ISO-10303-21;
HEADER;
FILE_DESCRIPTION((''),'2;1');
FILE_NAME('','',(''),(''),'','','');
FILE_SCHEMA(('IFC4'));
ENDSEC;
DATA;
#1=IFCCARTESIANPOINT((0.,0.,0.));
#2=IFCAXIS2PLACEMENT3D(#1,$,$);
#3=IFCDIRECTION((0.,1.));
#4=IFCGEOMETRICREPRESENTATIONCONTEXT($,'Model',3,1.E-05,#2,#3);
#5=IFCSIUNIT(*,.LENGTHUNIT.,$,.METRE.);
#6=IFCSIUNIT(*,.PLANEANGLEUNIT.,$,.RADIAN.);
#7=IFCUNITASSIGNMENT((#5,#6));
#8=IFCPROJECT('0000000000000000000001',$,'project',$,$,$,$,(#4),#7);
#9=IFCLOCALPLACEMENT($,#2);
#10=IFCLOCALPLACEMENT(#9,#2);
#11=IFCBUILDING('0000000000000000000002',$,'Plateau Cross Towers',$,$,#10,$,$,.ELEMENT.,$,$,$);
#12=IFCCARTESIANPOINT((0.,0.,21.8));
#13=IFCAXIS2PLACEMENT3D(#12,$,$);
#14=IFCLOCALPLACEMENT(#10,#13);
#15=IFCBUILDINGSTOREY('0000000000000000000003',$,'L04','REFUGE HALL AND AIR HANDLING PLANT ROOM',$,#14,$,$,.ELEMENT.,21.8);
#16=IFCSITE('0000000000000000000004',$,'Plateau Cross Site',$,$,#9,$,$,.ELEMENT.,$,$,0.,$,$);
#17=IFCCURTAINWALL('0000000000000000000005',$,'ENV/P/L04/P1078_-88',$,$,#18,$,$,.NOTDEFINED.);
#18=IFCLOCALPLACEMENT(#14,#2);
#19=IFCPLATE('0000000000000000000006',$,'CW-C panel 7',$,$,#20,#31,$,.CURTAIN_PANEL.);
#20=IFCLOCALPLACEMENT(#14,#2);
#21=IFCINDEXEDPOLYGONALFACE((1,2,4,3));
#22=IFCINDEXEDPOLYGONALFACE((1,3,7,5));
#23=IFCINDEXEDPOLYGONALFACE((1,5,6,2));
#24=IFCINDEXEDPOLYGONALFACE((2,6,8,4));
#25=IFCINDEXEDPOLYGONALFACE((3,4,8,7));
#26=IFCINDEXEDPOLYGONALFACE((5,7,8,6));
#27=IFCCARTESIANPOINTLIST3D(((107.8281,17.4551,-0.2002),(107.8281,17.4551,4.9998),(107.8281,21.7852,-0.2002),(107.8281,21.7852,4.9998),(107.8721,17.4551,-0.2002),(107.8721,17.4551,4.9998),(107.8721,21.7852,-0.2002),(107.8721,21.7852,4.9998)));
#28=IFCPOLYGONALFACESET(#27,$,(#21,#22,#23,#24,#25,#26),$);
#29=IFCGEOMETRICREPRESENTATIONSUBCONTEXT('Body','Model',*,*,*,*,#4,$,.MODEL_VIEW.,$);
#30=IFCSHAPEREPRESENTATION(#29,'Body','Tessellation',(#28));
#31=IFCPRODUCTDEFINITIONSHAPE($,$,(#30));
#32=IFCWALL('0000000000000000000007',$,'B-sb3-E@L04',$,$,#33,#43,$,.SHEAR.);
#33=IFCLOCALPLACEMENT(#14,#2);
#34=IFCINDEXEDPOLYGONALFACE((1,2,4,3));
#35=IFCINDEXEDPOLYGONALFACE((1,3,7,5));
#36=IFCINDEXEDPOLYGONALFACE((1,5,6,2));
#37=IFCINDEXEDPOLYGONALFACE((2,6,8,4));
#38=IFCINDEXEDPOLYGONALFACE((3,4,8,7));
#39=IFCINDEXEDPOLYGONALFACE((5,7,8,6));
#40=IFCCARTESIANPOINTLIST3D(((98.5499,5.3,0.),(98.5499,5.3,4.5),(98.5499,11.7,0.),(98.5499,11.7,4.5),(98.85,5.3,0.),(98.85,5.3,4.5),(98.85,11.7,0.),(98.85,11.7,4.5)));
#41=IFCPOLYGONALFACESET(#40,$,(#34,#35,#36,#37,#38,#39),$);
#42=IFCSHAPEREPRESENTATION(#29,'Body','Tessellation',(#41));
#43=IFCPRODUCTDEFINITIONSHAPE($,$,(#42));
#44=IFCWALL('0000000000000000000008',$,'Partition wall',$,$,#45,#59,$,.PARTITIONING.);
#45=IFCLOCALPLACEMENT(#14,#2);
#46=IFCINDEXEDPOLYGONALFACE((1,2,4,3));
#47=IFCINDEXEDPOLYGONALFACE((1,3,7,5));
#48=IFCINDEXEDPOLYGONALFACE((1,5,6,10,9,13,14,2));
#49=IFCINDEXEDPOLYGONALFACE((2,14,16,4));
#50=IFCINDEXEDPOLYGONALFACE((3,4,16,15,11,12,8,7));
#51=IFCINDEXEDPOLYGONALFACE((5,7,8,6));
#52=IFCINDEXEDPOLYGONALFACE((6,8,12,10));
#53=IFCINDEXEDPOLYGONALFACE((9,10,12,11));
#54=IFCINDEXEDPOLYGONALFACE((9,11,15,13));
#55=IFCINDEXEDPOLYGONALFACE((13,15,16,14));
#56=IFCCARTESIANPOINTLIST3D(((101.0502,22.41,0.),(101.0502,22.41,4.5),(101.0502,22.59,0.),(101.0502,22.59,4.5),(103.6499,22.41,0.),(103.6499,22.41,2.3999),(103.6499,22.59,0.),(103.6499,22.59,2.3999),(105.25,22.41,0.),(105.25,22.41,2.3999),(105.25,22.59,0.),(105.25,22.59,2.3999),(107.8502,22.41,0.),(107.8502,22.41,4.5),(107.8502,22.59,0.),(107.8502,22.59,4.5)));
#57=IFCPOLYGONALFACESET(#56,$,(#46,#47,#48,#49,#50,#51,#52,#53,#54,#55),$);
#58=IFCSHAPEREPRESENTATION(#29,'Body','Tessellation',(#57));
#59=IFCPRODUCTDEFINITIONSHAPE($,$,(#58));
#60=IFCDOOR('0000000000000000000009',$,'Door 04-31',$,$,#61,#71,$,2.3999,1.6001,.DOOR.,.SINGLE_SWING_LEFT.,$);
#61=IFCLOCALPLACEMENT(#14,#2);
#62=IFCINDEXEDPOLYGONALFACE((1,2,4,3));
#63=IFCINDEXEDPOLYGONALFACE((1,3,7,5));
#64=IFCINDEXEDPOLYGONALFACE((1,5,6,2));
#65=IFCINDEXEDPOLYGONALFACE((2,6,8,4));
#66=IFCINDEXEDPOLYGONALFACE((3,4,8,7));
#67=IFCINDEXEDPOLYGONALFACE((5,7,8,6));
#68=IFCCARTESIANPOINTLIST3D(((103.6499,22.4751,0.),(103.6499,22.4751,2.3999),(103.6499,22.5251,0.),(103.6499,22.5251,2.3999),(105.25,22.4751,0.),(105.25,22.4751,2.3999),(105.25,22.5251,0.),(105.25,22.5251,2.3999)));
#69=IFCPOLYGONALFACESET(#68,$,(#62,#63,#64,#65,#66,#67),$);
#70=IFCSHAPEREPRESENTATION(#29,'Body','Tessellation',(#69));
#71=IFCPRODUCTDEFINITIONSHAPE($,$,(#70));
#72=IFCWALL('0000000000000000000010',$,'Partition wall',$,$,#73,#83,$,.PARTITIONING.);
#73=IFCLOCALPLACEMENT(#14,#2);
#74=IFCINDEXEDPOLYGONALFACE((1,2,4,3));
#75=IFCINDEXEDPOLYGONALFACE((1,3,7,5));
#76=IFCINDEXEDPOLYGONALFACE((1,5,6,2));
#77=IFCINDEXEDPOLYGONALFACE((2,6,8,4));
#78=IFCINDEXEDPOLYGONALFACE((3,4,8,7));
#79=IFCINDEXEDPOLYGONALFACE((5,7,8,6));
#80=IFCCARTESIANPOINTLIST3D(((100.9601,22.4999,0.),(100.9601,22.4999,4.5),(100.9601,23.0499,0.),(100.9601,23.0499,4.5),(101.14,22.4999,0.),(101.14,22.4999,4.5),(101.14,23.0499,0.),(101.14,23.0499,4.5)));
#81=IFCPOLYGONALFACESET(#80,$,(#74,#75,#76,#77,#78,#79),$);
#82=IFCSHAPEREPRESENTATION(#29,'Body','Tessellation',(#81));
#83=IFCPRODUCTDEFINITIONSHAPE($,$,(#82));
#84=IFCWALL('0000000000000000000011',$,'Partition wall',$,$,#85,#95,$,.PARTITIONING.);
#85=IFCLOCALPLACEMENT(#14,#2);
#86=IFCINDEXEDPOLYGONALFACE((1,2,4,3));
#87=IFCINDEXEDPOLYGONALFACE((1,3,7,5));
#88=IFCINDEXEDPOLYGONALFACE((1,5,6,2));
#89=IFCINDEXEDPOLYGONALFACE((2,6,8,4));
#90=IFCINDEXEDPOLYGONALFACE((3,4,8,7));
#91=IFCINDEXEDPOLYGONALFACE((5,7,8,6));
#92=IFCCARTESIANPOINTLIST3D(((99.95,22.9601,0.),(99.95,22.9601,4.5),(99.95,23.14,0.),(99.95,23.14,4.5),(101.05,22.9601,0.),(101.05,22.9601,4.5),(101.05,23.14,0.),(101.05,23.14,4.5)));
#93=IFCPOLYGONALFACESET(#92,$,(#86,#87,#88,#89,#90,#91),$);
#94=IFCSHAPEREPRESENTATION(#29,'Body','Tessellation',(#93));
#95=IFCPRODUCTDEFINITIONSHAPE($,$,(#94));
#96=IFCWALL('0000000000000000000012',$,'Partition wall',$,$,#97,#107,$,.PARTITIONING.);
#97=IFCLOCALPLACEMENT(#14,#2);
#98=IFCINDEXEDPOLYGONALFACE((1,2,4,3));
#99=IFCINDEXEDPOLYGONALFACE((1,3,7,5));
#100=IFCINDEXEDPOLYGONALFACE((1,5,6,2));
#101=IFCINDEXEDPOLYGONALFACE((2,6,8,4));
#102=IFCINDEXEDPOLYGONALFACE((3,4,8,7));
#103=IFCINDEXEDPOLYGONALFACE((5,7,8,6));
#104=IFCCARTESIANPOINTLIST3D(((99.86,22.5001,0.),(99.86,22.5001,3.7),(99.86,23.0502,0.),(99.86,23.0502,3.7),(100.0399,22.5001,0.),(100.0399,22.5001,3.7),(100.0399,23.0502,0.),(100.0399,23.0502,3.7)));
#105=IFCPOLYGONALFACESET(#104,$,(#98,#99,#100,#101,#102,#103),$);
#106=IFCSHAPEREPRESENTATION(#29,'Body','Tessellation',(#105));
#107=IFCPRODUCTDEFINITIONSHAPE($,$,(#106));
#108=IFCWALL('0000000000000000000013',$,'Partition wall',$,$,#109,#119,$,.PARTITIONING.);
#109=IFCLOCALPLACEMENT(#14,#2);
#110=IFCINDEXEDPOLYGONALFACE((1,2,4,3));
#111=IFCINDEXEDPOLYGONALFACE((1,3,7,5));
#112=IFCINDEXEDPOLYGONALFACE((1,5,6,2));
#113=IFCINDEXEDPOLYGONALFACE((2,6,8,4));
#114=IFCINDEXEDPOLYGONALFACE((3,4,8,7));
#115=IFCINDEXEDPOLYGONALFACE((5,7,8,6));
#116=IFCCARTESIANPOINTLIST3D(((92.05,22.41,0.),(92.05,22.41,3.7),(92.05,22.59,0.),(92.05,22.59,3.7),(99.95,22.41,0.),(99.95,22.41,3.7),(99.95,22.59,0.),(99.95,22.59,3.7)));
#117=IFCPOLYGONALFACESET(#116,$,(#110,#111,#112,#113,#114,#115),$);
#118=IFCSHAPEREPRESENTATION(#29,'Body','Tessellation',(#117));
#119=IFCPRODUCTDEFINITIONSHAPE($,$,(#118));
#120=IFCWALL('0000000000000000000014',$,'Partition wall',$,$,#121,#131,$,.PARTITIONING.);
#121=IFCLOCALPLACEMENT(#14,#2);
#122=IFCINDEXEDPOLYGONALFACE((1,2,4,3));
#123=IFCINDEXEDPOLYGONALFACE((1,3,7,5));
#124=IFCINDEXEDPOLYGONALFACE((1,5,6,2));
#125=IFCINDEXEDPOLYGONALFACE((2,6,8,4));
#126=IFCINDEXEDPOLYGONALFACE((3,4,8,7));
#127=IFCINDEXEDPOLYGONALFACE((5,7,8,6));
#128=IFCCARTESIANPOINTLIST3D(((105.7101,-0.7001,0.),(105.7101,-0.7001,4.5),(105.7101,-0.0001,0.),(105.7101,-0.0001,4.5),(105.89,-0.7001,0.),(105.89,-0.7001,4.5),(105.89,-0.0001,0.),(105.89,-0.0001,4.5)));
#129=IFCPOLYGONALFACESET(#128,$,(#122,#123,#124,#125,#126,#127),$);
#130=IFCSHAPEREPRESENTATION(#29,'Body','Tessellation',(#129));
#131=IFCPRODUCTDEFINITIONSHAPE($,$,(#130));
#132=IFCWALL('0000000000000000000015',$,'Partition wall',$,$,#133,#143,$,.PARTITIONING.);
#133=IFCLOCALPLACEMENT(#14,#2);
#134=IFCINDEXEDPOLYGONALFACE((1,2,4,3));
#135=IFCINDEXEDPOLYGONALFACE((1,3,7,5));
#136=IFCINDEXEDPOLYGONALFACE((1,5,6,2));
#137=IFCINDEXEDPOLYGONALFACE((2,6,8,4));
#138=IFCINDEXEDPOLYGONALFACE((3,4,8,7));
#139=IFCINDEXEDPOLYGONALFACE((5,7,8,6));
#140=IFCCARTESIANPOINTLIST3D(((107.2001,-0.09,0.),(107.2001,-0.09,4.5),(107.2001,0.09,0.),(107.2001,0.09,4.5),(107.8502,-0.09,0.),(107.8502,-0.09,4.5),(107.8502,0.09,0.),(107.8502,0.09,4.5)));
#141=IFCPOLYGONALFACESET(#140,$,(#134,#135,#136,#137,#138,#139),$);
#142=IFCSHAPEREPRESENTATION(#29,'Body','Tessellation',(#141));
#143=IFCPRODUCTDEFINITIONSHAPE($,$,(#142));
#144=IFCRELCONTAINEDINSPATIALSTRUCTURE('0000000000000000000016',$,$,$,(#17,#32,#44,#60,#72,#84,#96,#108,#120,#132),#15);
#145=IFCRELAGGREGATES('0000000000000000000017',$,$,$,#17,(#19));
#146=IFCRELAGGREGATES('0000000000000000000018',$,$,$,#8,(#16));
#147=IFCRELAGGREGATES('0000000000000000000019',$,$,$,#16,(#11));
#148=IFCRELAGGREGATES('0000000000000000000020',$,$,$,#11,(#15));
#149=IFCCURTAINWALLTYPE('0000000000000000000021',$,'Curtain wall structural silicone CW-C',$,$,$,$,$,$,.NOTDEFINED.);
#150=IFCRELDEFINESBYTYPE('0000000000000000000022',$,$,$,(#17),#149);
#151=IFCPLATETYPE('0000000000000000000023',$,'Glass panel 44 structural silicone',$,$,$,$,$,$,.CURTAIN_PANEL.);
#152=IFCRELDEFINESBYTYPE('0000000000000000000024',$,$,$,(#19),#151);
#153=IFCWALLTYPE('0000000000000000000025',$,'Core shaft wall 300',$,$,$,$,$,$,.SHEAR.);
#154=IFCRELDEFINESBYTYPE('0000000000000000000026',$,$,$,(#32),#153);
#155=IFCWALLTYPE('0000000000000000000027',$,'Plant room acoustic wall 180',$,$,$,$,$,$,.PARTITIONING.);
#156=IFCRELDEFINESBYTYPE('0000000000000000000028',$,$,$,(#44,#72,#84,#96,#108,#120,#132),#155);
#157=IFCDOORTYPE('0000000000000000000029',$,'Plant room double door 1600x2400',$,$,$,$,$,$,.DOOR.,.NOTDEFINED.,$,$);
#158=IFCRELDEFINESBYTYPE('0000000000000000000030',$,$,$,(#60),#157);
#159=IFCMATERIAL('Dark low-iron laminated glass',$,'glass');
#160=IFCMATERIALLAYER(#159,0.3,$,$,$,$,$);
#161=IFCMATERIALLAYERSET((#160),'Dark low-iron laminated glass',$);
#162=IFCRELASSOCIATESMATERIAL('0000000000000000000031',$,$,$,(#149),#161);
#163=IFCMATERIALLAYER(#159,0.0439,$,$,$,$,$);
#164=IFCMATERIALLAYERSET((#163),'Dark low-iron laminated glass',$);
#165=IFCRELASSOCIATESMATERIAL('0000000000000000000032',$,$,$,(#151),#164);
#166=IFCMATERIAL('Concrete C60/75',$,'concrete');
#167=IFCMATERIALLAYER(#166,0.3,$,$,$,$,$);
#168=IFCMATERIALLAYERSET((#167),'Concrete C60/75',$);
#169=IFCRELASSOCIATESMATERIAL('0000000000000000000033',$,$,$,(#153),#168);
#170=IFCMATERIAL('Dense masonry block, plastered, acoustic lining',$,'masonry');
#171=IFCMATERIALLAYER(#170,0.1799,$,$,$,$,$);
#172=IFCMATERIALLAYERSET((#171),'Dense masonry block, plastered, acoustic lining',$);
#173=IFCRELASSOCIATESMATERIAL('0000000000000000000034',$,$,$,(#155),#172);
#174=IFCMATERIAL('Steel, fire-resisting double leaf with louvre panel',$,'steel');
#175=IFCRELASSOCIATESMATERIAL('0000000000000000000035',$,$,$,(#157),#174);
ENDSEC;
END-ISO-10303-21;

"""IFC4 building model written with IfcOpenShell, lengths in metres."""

from ifc_helpers import new_model, si_unit, direction, frame, frame_2d, origin, origin_2d, place, context, subcontext, project, spatial, rectangle, extrude, material, layer, layer_set, type_object, element, fill, aggregate, save


model = new_model("IFC4")

# Units and contexts
model_context = context("Model", 3, precision=1e-05, world=origin(), true_north=direction((0.0, 1.0)))
body_context = subcontext(model_context, "Body", "Model", "MODEL_VIEW")
ifc_project = project(units=[si_unit("LENGTHUNIT", "METRE"), si_unit("PLANEANGLEUNIT", "RADIAN")], contexts=[model_context])

# Site, building, storey
site_placement = place(None, origin())
site = spatial("IfcSite", under=ifc_project, at=site_placement, Name="Plateau Cross Site", CompositionType="ELEMENT", RefElevation=0.0)
building_placement = place(site_placement, origin())
building = spatial("IfcBuilding", under=site, at=building_placement, Name="Plateau Cross Towers", CompositionType="ELEMENT")
storey_placement = place(building_placement, frame((0.0, 0.0, 21.8)))
storey = spatial("IfcBuildingStorey", under=building, at=storey_placement, Name="L04", Description="REFUGE HALL AND AIR HANDLING PLANT ROOM", CompositionType="ELEMENT", Elevation=21.8)

# Shared definitions
ifc_material_1 = material(Name="Concrete C60/75", Category="concrete")

# Curtain wall, plate
ifc_material_2 = material(Name="Dark low-iron laminated glass", Category="glass")
ifc_layer_1 = layer(ifc_material_2, 0.3)
ifc_layer_set_1 = layer_set([ifc_layer_1], Name="Dark low-iron laminated glass")
curtain_wall_type = type_object("IfcCurtainWallType", Name="Curtain wall structural silicone CW-C", PredefinedType="NOTDEFINED", material=ifc_layer_set_1)
curtain_wall_placement = place(storey_placement, origin())
curtain_wall = element("IfcCurtainWall", 1, at=curtain_wall_placement, inside=storey, type_object=curtain_wall_type, Name="ENV/P/L04/P1078_-88", PredefinedType="NOTDEFINED")
ifc_layer_2 = layer(ifc_material_2, 0.0439)
ifc_layer_set_2 = layer_set([ifc_layer_2], Name="Dark low-iron laminated glass")
plate_type = type_object("IfcPlateType", Name="Glass panel 44 structural silicone", PredefinedType="CURTAIN_PANEL", material=ifc_layer_set_2)
plate_1_placement = place(storey_placement, frame((107.8501, 19.6201, -0.2002), z_axis=(0.0, 0.0, 1.0), x_axis=(0.0, 1.0, 0.0)))
plate_1 = element("IfcPlate", 2, at=plate_1_placement, type_object=plate_type, Name="CW-C panel 7", PredefinedType="CURTAIN_PANEL", context=body_context, shape_type="SweptSolid", body=[
    extrude(rectangle(XDim=4.3301, YDim=0.0439, at=origin_2d()), origin(), (0.0, 0.0, 1.0), 5.2),
])
aggregate(curtain_wall, [plate_1])

# Wall
ifc_layer_3 = layer(ifc_material_1, 0.3)
ifc_layer_set_3 = layer_set([ifc_layer_3], Name="Concrete C60/75")
wall_type_1 = type_object("IfcWallType", Name="Core shaft wall 300", PredefinedType="SHEAR", material=ifc_layer_set_3)
wall_1_placement = place(storey_placement, frame((98.7, 5.3, 0.0), z_axis=(0.0, 0.0, 1.0), x_axis=(0.0, 1.0, 0.0)))
element("IfcWall", 3, at=wall_1_placement, inside=storey, type_object=wall_type_1, Name="B-sb3-E@L04", PredefinedType="SHEAR", context=body_context, shape_type="SweptSolid", body=[
    extrude(rectangle(XDim=6.3999, YDim=0.3, at=frame_2d((3.2, 0.0))), origin(), (0.0, 0.0, 1.0), 4.5),
])

# Wall, opening, door
ifc_material_3 = material(Name="Dense masonry block, plastered, acoustic lining", Category="masonry")
ifc_layer_4 = layer(ifc_material_3, 0.1799)
ifc_layer_set_4 = layer_set([ifc_layer_4], Name="Dense masonry block, plastered, acoustic lining")
wall_type_2 = type_object("IfcWallType", Name="Plant room acoustic wall 180", PredefinedType="PARTITIONING", material=ifc_layer_set_4)
wall_2_placement = place(storey_placement, frame((107.8501, 22.5, 0.0), z_axis=(0.0, 0.0, 1.0), x_axis=(-1.0, 0.0, 0.0)))
wall_2 = element("IfcWall", 4, at=wall_2_placement, inside=storey, type_object=wall_type_2, Name="Partition wall", PredefinedType="PARTITIONING", context=body_context, shape_type="SweptSolid", body=[
    extrude(rectangle(XDim=6.8, YDim=0.1799, at=frame_2d((3.3999, 0.0))), origin(), (0.0, 0.0, 1.0), 4.5),
])
opening_placement = place(wall_2_placement, frame((2.6001, 0.0, 0.0)))
opening = element("IfcOpeningElement", 5, at=opening_placement, cuts=wall_2, PredefinedType="OPENING", context=body_context, shape_type="SweptSolid", body=[
    extrude(rectangle(XDim=1.6001, YDim=2.3999, at=frame_2d((0.8, 1.2))), frame((0.0, 0.0999, 0.0), z_axis=(0.0, -1.0, 0.0), x_axis=(1.0, 0.0, 0.0)), (0.0, 0.0, 1.0), 0.2),
])
ifc_material_4 = material(Name="Steel, fire-resisting double leaf with louvre panel", Category="steel")
door_type = type_object("IfcDoorType", Name="Plant room double door 1600x2400", OperationType="NOTDEFINED", PredefinedType="DOOR", material=ifc_material_4)
door_placement = place(opening_placement, origin())
door = element("IfcDoor", 6, at=door_placement, inside=storey, type_object=door_type, Name="Door 04-31", OperationType="SINGLE_SWING_LEFT", OverallHeight=2.3999, OverallWidth=1.6001, PredefinedType="DOOR", context=body_context, shape_type="SweptSolid", body=[
    extrude(rectangle(XDim=1.6001, YDim=2.3999, at=frame_2d((0.8, 1.2))), frame((0.0, 0.0249, 0.0), z_axis=(0.0, -1.0, 0.0), x_axis=(1.0, 0.0, 0.0)), (0.0, 0.0, 1.0), 0.05),
])
fill(opening, door)

# Walls
wall_3_placement = place(storey_placement, frame((101.05, 22.5, 0.0), z_axis=(0.0, 0.0, 1.0), x_axis=(0.0, 1.0, 0.0)))
element("IfcWall", 7, at=wall_3_placement, inside=storey, type_object=wall_type_2, Name="Partition wall", PredefinedType="PARTITIONING", context=body_context, shape_type="SweptSolid", body=[
    extrude(rectangle(XDim=0.55, YDim=0.1799, at=frame_2d((0.2749, 0.0))), origin(), (0.0, 0.0, 1.0), 4.5),
])
wall_4_placement = place(storey_placement, frame((101.05, 23.05, 0.0), z_axis=(0.0, 0.0, 1.0), x_axis=(-1.0, 0.0, 0.0)))
element("IfcWall", 8, at=wall_4_placement, inside=storey, type_object=wall_type_2, Name="Partition wall", PredefinedType="PARTITIONING", context=body_context, shape_type="SweptSolid", body=[
    extrude(rectangle(XDim=1.1001, YDim=0.1799, at=frame_2d((0.55, 0.0))), origin(), (0.0, 0.0, 1.0), 4.5),
])
wall_5_placement = place(storey_placement, frame((99.95, 23.05, 0.0), z_axis=(0.0, 0.0, 1.0), x_axis=(0.0, -1.0, 0.0)))
element("IfcWall", 9, at=wall_5_placement, inside=storey, type_object=wall_type_2, Name="Partition wall", PredefinedType="PARTITIONING", context=body_context, shape_type="SweptSolid", body=[
    extrude(rectangle(XDim=0.55, YDim=0.1799, at=frame_2d((0.2749, 0.0))), origin(), (0.0, 0.0, 1.0), 3.7),
])
wall_6_placement = place(storey_placement, frame((99.95, 22.5, 0.0), z_axis=(0.0, 0.0, 1.0), x_axis=(-1.0, 0.0, 0.0)))
element("IfcWall", 10, at=wall_6_placement, inside=storey, type_object=wall_type_2, Name="Partition wall", PredefinedType="PARTITIONING", context=body_context, shape_type="SweptSolid", body=[
    extrude(rectangle(XDim=7.8999, YDim=0.1799, at=frame_2d((3.95, 0.0))), origin(), (0.0, 0.0, 1.0), 3.7),
])
wall_7_placement = place(storey_placement, frame((105.8, 0.0, 0.0), z_axis=(0.0, 0.0, 1.0), x_axis=(0.0, -1.0, 0.0)))
element("IfcWall", 11, at=wall_7_placement, inside=storey, type_object=wall_type_2, Name="Partition wall", PredefinedType="PARTITIONING", context=body_context, shape_type="SweptSolid", body=[
    extrude(rectangle(XDim=0.7, YDim=0.1799, at=frame_2d((0.3501, 0.0))), origin(), (0.0, 0.0, 1.0), 4.5),
])
wall_8_placement = place(storey_placement, frame((107.2, 0.0, 0.0), z_axis=(0.0, 0.0, 1.0), x_axis=(1.0, 0.0, 0.0)))
element("IfcWall", 12, at=wall_8_placement, inside=storey, type_object=wall_type_2, Name="Partition wall", PredefinedType="PARTITIONING", context=body_context, shape_type="SweptSolid", body=[
    extrude(rectangle(XDim=0.6501, YDim=0.1799, at=frame_2d((0.3252, 0.0))), origin(), (0.0, 0.0, 1.0), 4.5),
])

save(model, "model.ifc")
